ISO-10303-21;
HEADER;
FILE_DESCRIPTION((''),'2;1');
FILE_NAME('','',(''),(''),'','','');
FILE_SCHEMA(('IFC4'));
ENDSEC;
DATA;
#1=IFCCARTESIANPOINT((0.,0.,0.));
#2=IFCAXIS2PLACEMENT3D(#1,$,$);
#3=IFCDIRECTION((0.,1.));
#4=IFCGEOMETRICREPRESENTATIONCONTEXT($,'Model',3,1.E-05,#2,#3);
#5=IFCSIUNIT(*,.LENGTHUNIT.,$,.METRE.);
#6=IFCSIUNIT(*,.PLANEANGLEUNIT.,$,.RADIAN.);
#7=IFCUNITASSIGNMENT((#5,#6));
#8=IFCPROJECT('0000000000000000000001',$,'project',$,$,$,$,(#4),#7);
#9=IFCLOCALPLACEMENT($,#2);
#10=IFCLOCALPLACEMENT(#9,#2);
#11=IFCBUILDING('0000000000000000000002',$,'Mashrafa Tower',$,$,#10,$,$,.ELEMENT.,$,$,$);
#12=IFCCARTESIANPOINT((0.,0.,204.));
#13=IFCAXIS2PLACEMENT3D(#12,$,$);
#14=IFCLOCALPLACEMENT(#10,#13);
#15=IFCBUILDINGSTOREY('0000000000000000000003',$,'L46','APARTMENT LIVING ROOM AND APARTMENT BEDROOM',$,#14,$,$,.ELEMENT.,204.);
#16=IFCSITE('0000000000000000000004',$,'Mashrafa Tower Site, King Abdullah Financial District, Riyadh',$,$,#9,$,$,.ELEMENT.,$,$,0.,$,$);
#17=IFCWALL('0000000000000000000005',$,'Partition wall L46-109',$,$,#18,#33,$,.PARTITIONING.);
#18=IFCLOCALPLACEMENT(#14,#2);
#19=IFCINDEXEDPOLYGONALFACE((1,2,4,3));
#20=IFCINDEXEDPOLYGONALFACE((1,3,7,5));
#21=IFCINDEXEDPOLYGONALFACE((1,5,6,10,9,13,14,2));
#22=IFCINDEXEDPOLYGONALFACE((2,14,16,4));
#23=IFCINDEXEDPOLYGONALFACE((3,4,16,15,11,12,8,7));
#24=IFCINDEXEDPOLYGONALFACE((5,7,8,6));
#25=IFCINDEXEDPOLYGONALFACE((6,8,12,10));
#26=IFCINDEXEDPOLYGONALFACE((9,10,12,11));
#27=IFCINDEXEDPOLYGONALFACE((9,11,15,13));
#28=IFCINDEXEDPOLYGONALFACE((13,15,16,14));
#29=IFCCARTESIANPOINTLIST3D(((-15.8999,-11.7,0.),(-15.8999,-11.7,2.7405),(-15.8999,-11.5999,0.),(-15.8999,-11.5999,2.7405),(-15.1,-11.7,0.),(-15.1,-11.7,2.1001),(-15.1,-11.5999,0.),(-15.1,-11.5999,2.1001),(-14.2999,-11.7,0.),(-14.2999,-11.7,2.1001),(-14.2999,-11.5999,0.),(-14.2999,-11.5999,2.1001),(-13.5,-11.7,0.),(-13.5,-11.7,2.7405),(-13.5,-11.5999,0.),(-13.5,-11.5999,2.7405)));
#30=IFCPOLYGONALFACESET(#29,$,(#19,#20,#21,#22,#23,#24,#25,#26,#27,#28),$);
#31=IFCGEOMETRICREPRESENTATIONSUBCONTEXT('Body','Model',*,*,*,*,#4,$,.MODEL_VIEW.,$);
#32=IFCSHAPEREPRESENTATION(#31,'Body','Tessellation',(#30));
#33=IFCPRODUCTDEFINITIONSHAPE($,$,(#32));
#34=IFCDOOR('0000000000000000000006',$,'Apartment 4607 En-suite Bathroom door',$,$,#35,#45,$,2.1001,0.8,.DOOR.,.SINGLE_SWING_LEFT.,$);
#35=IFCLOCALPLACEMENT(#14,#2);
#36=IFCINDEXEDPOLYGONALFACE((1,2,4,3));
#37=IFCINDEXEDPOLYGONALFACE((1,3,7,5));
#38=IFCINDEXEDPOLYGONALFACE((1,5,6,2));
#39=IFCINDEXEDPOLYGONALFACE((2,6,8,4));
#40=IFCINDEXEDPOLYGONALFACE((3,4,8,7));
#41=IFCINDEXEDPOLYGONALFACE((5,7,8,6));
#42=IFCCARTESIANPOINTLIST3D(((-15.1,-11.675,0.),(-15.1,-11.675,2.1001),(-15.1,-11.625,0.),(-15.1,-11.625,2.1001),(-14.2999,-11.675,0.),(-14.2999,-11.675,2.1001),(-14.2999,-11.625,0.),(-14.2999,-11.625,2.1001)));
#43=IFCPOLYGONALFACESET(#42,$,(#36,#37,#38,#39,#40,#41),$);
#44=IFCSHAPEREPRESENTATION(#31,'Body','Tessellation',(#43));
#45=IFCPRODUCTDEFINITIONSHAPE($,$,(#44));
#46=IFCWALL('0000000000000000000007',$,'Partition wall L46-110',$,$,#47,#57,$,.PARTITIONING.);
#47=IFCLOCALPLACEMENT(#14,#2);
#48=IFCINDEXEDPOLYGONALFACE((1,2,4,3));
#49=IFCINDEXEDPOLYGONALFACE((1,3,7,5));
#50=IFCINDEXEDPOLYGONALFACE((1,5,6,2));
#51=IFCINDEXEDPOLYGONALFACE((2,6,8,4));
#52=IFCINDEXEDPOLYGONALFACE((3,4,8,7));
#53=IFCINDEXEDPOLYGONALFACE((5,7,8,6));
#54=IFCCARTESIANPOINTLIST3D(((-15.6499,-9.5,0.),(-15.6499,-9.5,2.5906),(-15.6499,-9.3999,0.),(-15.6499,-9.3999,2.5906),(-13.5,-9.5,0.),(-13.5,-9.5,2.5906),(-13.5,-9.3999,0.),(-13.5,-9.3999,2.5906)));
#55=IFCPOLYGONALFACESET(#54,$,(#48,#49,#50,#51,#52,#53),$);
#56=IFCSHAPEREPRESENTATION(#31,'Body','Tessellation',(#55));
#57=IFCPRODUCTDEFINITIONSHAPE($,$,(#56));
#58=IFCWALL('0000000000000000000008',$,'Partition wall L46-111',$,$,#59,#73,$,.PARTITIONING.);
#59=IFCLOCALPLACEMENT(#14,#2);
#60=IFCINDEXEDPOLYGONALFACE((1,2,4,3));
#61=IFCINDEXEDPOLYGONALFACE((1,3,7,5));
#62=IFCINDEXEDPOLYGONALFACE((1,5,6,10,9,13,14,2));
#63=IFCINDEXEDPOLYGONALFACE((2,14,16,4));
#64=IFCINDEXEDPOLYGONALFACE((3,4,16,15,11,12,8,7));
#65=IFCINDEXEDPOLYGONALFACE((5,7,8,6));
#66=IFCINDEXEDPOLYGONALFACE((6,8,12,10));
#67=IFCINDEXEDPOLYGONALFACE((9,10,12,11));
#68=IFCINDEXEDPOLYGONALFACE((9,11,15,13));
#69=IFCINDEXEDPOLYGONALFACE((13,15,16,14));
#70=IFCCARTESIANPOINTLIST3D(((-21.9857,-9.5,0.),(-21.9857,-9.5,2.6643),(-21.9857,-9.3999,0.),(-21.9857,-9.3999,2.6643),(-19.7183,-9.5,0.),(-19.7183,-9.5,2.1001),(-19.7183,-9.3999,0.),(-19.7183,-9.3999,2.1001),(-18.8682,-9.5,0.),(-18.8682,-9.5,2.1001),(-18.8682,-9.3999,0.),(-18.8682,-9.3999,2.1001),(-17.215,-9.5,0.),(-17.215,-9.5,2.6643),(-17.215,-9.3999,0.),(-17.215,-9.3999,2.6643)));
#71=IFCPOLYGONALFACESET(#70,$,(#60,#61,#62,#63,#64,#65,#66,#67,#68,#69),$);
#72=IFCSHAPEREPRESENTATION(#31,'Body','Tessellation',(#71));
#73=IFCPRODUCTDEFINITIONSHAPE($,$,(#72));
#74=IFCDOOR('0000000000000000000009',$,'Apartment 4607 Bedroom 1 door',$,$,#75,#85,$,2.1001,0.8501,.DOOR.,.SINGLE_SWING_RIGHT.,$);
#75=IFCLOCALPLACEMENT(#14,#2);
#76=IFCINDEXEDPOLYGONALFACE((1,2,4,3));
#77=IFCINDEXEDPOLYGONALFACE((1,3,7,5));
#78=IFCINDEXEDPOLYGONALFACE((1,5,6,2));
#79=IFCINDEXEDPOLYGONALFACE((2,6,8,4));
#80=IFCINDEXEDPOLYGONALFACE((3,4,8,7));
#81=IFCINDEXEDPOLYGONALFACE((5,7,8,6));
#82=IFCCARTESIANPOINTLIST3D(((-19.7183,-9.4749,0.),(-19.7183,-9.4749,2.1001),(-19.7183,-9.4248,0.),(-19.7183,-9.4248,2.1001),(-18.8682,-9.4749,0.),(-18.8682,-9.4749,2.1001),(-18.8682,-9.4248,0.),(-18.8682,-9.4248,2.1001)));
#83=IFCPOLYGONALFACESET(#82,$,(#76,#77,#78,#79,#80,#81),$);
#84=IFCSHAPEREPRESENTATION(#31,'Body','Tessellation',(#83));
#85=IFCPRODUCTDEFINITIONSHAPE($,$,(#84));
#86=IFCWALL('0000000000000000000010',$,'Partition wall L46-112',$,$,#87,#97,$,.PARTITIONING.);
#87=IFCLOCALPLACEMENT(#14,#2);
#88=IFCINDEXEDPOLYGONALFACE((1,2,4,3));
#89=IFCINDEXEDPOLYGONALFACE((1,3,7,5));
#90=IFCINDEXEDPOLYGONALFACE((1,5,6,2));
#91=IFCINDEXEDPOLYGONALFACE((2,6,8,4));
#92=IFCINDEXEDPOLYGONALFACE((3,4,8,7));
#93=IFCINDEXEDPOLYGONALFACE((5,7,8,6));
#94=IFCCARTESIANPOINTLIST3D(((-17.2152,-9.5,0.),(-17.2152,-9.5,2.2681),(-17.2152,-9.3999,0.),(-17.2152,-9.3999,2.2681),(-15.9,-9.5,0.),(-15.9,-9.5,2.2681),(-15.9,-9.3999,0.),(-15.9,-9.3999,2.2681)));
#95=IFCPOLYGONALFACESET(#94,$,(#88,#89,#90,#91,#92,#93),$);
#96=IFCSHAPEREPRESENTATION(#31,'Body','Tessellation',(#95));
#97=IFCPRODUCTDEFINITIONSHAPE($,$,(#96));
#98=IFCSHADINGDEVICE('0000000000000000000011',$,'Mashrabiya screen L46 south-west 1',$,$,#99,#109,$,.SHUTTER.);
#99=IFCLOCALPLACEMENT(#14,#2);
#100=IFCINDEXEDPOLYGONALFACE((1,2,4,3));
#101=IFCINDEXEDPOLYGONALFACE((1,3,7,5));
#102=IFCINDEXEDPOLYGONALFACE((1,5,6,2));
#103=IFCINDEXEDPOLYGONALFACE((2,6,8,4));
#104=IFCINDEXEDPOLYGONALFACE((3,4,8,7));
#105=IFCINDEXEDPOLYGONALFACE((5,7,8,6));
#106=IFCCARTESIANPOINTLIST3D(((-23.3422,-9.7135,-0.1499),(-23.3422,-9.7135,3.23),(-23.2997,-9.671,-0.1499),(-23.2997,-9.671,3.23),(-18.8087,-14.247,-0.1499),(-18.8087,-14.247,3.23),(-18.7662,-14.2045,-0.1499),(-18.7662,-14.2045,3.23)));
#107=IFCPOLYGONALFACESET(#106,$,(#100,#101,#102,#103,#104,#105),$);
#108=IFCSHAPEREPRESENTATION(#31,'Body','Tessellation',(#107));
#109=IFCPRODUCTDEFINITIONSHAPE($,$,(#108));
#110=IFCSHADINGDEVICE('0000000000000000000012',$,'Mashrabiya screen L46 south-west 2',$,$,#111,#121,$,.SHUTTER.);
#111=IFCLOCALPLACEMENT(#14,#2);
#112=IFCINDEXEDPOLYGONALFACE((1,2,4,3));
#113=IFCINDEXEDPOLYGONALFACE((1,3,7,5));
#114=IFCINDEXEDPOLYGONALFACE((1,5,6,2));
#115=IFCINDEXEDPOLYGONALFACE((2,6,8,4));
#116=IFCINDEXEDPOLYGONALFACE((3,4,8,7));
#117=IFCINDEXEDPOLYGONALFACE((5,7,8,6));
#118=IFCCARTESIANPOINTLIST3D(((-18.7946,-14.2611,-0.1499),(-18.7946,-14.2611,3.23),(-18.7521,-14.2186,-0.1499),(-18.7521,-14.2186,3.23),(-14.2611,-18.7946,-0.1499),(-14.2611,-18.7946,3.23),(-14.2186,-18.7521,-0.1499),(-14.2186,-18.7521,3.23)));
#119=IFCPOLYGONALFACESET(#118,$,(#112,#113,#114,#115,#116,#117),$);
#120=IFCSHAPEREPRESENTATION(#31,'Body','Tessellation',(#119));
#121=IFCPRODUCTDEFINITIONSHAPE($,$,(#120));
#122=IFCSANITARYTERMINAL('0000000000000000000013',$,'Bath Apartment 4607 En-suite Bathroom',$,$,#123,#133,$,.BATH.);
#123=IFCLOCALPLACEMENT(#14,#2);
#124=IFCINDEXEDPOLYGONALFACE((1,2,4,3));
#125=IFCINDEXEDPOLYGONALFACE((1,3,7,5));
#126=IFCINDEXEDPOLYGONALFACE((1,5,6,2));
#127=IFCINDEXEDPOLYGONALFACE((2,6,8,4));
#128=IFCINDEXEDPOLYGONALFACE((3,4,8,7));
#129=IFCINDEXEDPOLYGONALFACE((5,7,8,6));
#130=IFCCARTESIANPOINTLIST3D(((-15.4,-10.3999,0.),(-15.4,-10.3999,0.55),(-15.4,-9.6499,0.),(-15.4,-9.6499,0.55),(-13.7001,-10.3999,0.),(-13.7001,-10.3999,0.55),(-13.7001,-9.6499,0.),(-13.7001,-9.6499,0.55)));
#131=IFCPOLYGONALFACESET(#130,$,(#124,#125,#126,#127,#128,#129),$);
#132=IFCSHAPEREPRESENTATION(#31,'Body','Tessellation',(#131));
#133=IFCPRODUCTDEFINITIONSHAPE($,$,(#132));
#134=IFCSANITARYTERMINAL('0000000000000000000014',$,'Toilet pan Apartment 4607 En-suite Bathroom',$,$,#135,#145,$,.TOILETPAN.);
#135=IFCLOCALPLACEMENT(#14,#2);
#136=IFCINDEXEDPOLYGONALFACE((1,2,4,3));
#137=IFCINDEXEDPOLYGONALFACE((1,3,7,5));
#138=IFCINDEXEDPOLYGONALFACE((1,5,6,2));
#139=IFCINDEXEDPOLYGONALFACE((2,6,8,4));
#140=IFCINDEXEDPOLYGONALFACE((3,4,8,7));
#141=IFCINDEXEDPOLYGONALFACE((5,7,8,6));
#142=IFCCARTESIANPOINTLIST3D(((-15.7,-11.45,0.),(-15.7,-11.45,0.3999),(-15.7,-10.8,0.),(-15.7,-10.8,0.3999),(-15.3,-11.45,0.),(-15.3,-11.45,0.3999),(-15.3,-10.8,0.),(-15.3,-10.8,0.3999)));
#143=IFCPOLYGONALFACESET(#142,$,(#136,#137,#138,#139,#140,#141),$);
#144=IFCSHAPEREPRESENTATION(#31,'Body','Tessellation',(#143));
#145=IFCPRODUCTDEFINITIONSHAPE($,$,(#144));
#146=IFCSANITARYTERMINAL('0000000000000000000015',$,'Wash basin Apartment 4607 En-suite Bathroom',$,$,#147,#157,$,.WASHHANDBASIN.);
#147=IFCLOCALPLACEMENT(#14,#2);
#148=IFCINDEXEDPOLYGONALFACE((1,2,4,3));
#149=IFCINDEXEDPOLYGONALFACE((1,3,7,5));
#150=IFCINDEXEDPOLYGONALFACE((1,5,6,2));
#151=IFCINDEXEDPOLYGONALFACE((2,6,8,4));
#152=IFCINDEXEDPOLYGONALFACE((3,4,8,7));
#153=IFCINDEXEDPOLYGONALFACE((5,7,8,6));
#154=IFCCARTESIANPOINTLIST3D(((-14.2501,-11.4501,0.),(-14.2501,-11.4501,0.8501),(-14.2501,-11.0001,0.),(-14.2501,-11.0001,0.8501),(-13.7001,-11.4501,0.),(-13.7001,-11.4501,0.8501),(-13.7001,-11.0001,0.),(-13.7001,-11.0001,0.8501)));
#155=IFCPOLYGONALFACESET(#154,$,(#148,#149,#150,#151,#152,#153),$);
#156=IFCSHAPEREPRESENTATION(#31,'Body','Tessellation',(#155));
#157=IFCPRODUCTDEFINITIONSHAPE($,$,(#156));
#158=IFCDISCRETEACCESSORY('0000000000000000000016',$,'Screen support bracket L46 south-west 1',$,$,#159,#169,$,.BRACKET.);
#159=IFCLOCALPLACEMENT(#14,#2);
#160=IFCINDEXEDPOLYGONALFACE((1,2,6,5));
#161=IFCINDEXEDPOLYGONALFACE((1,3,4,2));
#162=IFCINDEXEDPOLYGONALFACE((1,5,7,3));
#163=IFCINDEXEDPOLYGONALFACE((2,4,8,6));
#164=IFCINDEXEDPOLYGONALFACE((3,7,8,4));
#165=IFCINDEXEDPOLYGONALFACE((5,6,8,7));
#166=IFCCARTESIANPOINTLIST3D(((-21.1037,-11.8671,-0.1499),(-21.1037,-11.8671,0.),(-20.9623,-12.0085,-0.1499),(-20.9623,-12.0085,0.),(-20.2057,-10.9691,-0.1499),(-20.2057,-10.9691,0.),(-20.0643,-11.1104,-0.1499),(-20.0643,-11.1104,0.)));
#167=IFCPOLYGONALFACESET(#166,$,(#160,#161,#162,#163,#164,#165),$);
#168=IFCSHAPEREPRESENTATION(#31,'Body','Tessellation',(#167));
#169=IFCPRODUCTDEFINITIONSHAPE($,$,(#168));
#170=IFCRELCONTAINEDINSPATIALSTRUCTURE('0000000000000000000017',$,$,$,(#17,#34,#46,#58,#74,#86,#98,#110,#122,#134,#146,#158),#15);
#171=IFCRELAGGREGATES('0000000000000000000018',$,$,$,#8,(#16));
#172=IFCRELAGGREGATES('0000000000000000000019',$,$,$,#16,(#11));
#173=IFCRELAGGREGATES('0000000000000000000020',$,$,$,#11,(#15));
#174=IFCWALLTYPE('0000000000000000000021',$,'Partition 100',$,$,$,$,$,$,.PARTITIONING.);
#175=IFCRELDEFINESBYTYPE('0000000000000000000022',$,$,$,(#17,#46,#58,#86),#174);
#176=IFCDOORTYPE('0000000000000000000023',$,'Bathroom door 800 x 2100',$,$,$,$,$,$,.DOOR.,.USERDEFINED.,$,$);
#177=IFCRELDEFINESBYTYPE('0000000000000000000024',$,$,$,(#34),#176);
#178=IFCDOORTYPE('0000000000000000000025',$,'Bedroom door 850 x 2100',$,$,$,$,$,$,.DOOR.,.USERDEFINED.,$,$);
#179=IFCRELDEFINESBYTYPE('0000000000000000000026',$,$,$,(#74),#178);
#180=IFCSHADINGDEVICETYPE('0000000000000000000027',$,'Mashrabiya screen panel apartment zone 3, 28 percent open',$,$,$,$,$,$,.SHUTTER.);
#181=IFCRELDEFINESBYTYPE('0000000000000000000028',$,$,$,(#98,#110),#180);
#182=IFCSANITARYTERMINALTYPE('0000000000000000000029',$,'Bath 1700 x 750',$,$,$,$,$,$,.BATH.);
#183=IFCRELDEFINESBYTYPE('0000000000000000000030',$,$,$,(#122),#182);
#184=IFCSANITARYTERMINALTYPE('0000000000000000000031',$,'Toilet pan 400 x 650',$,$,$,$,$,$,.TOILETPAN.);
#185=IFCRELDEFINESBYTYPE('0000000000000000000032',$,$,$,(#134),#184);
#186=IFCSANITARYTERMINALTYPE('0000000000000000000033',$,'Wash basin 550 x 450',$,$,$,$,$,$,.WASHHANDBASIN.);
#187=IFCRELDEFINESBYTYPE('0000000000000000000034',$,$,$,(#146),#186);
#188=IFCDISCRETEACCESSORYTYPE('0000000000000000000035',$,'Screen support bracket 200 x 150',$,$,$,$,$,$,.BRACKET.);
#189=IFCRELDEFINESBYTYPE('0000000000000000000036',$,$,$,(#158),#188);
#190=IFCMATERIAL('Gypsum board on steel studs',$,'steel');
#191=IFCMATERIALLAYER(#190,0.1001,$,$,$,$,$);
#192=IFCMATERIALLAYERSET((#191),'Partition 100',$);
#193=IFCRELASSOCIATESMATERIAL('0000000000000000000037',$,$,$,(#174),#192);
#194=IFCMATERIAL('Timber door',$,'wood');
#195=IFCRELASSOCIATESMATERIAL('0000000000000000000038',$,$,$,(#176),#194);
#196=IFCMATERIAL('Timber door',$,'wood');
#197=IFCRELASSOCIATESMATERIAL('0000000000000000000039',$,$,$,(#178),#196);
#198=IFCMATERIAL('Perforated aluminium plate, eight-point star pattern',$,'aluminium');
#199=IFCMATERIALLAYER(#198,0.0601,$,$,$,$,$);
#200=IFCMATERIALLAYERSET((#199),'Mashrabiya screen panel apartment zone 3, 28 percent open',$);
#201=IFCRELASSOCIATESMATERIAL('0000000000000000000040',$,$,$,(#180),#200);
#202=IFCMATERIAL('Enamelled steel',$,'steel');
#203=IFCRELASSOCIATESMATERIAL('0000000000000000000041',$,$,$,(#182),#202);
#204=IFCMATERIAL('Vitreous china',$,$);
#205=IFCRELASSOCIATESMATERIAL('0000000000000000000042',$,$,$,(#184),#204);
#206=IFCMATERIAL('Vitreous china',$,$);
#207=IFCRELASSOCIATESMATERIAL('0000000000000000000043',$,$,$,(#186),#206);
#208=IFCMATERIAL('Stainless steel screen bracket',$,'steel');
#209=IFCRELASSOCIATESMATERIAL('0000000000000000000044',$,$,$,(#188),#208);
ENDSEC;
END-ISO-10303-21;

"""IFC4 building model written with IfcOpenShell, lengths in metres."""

from ifc_helpers import new_model, si_unit, direction, frame, frame_2d, origin, origin_2d, place, context, subcontext, project, spatial, rectangle, extrude, source, transform, mapped, material, layer, layer_set, type_object, type_shapes, element, fill, save


model = new_model("IFC4")

# Units and contexts
model_context = context("Model", 3, precision=1e-05, world=origin(), true_north=direction((0.0, 1.0)))
body_context = subcontext(model_context, "Body", "Model", "MODEL_VIEW")
ifc_project = project(units=[si_unit("LENGTHUNIT", "METRE"), si_unit("PLANEANGLEUNIT", "RADIAN")], contexts=[model_context])

# Site, building, storey
site_placement = place(None, origin())
site = spatial("IfcSite", under=ifc_project, at=site_placement, Name="Mashrafa Tower Site, King Abdullah Financial District, Riyadh", CompositionType="ELEMENT", RefElevation=0.0)
building_placement = place(site_placement, origin())
building = spatial("IfcBuilding", under=site, at=building_placement, Name="Mashrafa Tower", CompositionType="ELEMENT")
storey_placement = place(building_placement, frame((0.0, 0.0, 204.0)))
storey = spatial("IfcBuildingStorey", under=building, at=storey_placement, Name="L46", Description="APARTMENT LIVING ROOM AND APARTMENT BEDROOM", CompositionType="ELEMENT", Elevation=204.0)

# Shared definitions
ifc_material_1 = material(Name="Gypsum board on steel studs", Category="steel")
ifc_layer_1 = layer(ifc_material_1, 0.1001)
ifc_layer_set_1 = layer_set([ifc_layer_1], Name="Partition 100")
wall_type_1 = type_object("IfcWallType", Name="Partition 100", PredefinedType="PARTITIONING", material=ifc_layer_set_1)

# Wall, opening, door
wall_1_placement = place(storey_placement, frame((-15.8999, -11.6499, 0.0), z_axis=(0.0, 0.0, 1.0), x_axis=(1.0, 0.0, 0.0)))
wall_1 = element("IfcWall", 1, at=wall_1_placement, inside=storey, type_object=wall_type_1, Name="Partition wall L46-109", PredefinedType="PARTITIONING", context=body_context, shape_type="SweptSolid", body=[
    extrude(rectangle(XDim=2.3999, YDim=0.1001, at=frame_2d((1.2, 0.0))), origin(), (0.0, 0.0, 1.0), 2.7405),
])
opening_1_placement = place(wall_1_placement, frame((0.8, 0.0, 0.0)))
opening_1 = element("IfcOpeningElement", 2, at=opening_1_placement, cuts=wall_1, PredefinedType="OPENING", context=body_context, shape_type="SweptSolid", body=[
    extrude(rectangle(XDim=0.8, YDim=2.1001, at=frame_2d((0.3999, 1.05))), frame((0.0, 0.0601, 0.0), z_axis=(0.0, -1.0, 0.0), x_axis=(1.0, 0.0, 0.0)), (0.0, 0.0, 1.0), 0.1201),
])
ifc_material_2 = material(Name="Timber door", Category="wood")
door_type_1 = type_object("IfcDoorType", Name="Bathroom door 800 x 2100", OperationType="USERDEFINED", PredefinedType="DOOR", material=ifc_material_2)
door_1_placement = place(opening_1_placement, origin())
door_1 = element("IfcDoor", 3, at=door_1_placement, inside=storey, type_object=door_type_1, Name="Apartment 4607 En-suite Bathroom door", OperationType="SINGLE_SWING_LEFT", OverallHeight=2.1001, OverallWidth=0.8, PredefinedType="DOOR", context=body_context, shape_type="SweptSolid", body=[
    extrude(rectangle(XDim=0.8, YDim=2.1001, at=frame_2d((0.3999, 1.05))), frame((0.0, 0.0249, 0.0), z_axis=(0.0, -1.0, 0.0), x_axis=(1.0, 0.0, 0.0)), (0.0, 0.0, 1.0), 0.05),
])
fill(opening_1, door_1)

# Wall
wall_2_placement = place(storey_placement, frame((-13.5, -9.45, 0.0), z_axis=(0.0, 0.0, 1.0), x_axis=(-1.0, 0.0, 0.0)))
element("IfcWall", 4, at=wall_2_placement, inside=storey, type_object=wall_type_1, Name="Partition wall L46-110", PredefinedType="PARTITIONING", context=body_context, shape_type="SweptSolid", body=[
    extrude(rectangle(XDim=2.1499, YDim=0.1001, at=frame_2d((1.075, 0.0))), origin(), (0.0, 0.0, 1.0), 2.5906),
])

# Wall, opening, door
wall_3_placement = place(storey_placement, frame((-17.2151, -9.45, 0.0), z_axis=(0.0, 0.0, 1.0), x_axis=(-1.0, 0.0, 0.0)))
wall_3 = element("IfcWall", 5, at=wall_3_placement, inside=storey, type_object=wall_type_1, Name="Partition wall L46-111", PredefinedType="PARTITIONING", context=body_context, shape_type="SweptSolid", body=[
    extrude(rectangle(XDim=4.7708, YDim=0.1001, at=frame_2d((2.3853, 0.0))), origin(), (0.0, 0.0, 1.0), 2.6643),
])
opening_2_placement = place(wall_3_placement, frame((1.6531, 0.0, 0.0)))
opening_2 = element("IfcOpeningElement", 6, at=opening_2_placement, cuts=wall_3, PredefinedType="OPENING", context=body_context, shape_type="SweptSolid", body=[
    extrude(rectangle(XDim=0.8501, YDim=2.1001, at=frame_2d((0.425, 1.05))), frame((0.0, 0.0601, 0.0), z_axis=(0.0, -1.0, 0.0), x_axis=(1.0, 0.0, 0.0)), (0.0, 0.0, 1.0), 0.1201),
])
ifc_material_3 = material(Name="Timber door", Category="wood")
door_type_2 = type_object("IfcDoorType", Name="Bedroom door 850 x 2100", OperationType="USERDEFINED", PredefinedType="DOOR", material=ifc_material_3)
door_2_placement = place(opening_2_placement, origin())
door_2 = element("IfcDoor", 7, at=door_2_placement, inside=storey, type_object=door_type_2, Name="Apartment 4607 Bedroom 1 door", OperationType="SINGLE_SWING_RIGHT", OverallHeight=2.1001, OverallWidth=0.8501, PredefinedType="DOOR", context=body_context, shape_type="SweptSolid", body=[
    extrude(rectangle(XDim=0.8501, YDim=2.1001, at=frame_2d((0.425, 1.05))), frame((0.0, 0.0249, 0.0), z_axis=(0.0, -1.0, 0.0), x_axis=(1.0, 0.0, 0.0)), (0.0, 0.0, 1.0), 0.05),
])
fill(opening_2, door_2)

# Wall
wall_4_placement = place(storey_placement, frame((-15.8999, -9.45, 0.0), z_axis=(0.0, 0.0, 1.0), x_axis=(-1.0, 0.0, 0.0)))
element("IfcWall", 8, at=wall_4_placement, inside=storey, type_object=wall_type_1, Name="Partition wall L46-112", PredefinedType="PARTITIONING", context=body_context, shape_type="SweptSolid", body=[
    extrude(rectangle(XDim=1.3152, YDim=0.1001, at=frame_2d((0.6577, 0.0))), origin(), (0.0, 0.0, 1.0), 2.2681),
])

# Shading devices
ifc_material_4 = material(Name="Perforated aluminium plate, eight-point star pattern", Category="aluminium")
ifc_layer_2 = layer(ifc_material_4, 0.0601)
ifc_layer_set_2 = layer_set([ifc_layer_2], Name="Mashrabiya screen panel apartment zone 3, 28 percent open")
shading_device_type = type_object("IfcShadingDeviceType", Name="Mashrabiya screen panel apartment zone 3, 28 percent open", PredefinedType="SHUTTER", material=ifc_layer_set_2)
shared_shape_1 = source(origin(), body_context, "Body", "SweptSolid", [
    extrude(rectangle(XDim=6.4114, YDim=0.0601, at=origin_2d()), origin(), (0.0, 0.0, 1.0), 3.3799),
])
type_shapes(shading_device_type, [shared_shape_1])
for number, where, z_axis, x_axis, name in (
    (9, (-21.0542, -11.959, -0.1499), (0.0, 0.0, 1.0), (0.707107, -0.707107, 0.0), "Mashrabiya screen L46 south-west 1"),
    (10, (-16.5066, -16.5066, -0.1499), (0.0, 0.0, 1.0), (0.707107, -0.707107, 0.0), "Mashrabiya screen L46 south-west 2"),
):
    element("IfcShadingDevice", number, at=place(storey_placement, frame(where, z_axis=z_axis, x_axis=x_axis)), inside=storey, type_object=shading_device_type, Name=name, PredefinedType="SHUTTER", context=body_context, shape_type="MappedRepresentation", body=[
        mapped(shared_shape_1, transform((0.0, 0.0, 0.0))),
    ])

# Sanitary terminals
ifc_material_5 = material(Name="Enamelled steel", Category="steel")
sanitary_terminal_type_1 = type_object("IfcSanitaryTerminalType", Name="Bath 1700 x 750", PredefinedType="BATH", material=ifc_material_5)
sanitary_terminal_1_placement = place(storey_placement, frame((-14.55, -10.0249, 0.0), z_axis=(0.0, 0.0, 1.0), x_axis=(-1.0, 0.0, 0.0)))
element("IfcSanitaryTerminal", 11, at=sanitary_terminal_1_placement, inside=storey, type_object=sanitary_terminal_type_1, Name="Bath Apartment 4607 En-suite Bathroom", PredefinedType="BATH", context=body_context, shape_type="SweptSolid", body=[
    extrude(rectangle(XDim=1.7, YDim=0.75, at=origin_2d()), origin(), (0.0, 0.0, 1.0), 0.55),
])
ifc_material_6 = material(Name="Vitreous china")
sanitary_terminal_type_2 = type_object("IfcSanitaryTerminalType", Name="Toilet pan 400 x 650", PredefinedType="TOILETPAN", material=ifc_material_6)
sanitary_terminal_2_placement = place(storey_placement, frame((-15.5, -11.125, 0.0), z_axis=(0.0, 0.0, 1.0), x_axis=(1.0, 0.0, 0.0)))
element("IfcSanitaryTerminal", 12, at=sanitary_terminal_2_placement, inside=storey, type_object=sanitary_terminal_type_2, Name="Toilet pan Apartment 4607 En-suite Bathroom", PredefinedType="TOILETPAN", context=body_context, shape_type="SweptSolid", body=[
    extrude(rectangle(XDim=0.3999, YDim=0.6499, at=origin_2d()), origin(), (0.0, 0.0, 1.0), 0.3999),
])
ifc_material_7 = material(Name="Vitreous china")
sanitary_terminal_type_3 = type_object("IfcSanitaryTerminalType", Name="Wash basin 550 x 450", PredefinedType="WASHHANDBASIN", material=ifc_material_7)
sanitary_terminal_3_placement = place(storey_placement, frame((-13.9751, -11.2251, 0.0), z_axis=(0.0, 0.0, 1.0), x_axis=(1.0, 0.0, 0.0)))
element("IfcSanitaryTerminal", 13, at=sanitary_terminal_3_placement, inside=storey, type_object=sanitary_terminal_type_3, Name="Wash basin Apartment 4607 En-suite Bathroom", PredefinedType="WASHHANDBASIN", context=body_context, shape_type="SweptSolid", body=[
    extrude(rectangle(XDim=0.55, YDim=0.45, at=origin_2d()), origin(), (0.0, 0.0, 1.0), 0.8501),
])

# Discrete accessory
ifc_material_8 = material(Name="Stainless steel screen bracket", Category="steel")
discrete_accessory_type = type_object("IfcDiscreteAccessoryType", Name="Screen support bracket 200 x 150", PredefinedType="BRACKET", material=ifc_material_8)
shared_shape_2 = source(origin(), body_context, "Body", "SweptSolid", [
    extrude(rectangle(XDim=0.2, YDim=1.27, at=origin_2d()), origin(), (0.0, 0.0, 1.0), 0.1499),
])
type_shapes(discrete_accessory_type, [shared_shape_2])
for number, where, z_axis, x_axis, name in (
    (14, (-20.584, -11.4888, -0.1499), (0.0, 0.0, 1.0), (0.707107, -0.707107, 0.0), "Screen support bracket L46 south-west 1"),
):
    element("IfcDiscreteAccessory", number, at=place(storey_placement, frame(where, z_axis=z_axis, x_axis=x_axis)), inside=storey, type_object=discrete_accessory_type, Name=name, PredefinedType="BRACKET", context=body_context, shape_type="MappedRepresentation", body=[
        mapped(shared_shape_2, transform((0.0, 0.0, 0.0))),
    ])

save(model, "model.ifc")
